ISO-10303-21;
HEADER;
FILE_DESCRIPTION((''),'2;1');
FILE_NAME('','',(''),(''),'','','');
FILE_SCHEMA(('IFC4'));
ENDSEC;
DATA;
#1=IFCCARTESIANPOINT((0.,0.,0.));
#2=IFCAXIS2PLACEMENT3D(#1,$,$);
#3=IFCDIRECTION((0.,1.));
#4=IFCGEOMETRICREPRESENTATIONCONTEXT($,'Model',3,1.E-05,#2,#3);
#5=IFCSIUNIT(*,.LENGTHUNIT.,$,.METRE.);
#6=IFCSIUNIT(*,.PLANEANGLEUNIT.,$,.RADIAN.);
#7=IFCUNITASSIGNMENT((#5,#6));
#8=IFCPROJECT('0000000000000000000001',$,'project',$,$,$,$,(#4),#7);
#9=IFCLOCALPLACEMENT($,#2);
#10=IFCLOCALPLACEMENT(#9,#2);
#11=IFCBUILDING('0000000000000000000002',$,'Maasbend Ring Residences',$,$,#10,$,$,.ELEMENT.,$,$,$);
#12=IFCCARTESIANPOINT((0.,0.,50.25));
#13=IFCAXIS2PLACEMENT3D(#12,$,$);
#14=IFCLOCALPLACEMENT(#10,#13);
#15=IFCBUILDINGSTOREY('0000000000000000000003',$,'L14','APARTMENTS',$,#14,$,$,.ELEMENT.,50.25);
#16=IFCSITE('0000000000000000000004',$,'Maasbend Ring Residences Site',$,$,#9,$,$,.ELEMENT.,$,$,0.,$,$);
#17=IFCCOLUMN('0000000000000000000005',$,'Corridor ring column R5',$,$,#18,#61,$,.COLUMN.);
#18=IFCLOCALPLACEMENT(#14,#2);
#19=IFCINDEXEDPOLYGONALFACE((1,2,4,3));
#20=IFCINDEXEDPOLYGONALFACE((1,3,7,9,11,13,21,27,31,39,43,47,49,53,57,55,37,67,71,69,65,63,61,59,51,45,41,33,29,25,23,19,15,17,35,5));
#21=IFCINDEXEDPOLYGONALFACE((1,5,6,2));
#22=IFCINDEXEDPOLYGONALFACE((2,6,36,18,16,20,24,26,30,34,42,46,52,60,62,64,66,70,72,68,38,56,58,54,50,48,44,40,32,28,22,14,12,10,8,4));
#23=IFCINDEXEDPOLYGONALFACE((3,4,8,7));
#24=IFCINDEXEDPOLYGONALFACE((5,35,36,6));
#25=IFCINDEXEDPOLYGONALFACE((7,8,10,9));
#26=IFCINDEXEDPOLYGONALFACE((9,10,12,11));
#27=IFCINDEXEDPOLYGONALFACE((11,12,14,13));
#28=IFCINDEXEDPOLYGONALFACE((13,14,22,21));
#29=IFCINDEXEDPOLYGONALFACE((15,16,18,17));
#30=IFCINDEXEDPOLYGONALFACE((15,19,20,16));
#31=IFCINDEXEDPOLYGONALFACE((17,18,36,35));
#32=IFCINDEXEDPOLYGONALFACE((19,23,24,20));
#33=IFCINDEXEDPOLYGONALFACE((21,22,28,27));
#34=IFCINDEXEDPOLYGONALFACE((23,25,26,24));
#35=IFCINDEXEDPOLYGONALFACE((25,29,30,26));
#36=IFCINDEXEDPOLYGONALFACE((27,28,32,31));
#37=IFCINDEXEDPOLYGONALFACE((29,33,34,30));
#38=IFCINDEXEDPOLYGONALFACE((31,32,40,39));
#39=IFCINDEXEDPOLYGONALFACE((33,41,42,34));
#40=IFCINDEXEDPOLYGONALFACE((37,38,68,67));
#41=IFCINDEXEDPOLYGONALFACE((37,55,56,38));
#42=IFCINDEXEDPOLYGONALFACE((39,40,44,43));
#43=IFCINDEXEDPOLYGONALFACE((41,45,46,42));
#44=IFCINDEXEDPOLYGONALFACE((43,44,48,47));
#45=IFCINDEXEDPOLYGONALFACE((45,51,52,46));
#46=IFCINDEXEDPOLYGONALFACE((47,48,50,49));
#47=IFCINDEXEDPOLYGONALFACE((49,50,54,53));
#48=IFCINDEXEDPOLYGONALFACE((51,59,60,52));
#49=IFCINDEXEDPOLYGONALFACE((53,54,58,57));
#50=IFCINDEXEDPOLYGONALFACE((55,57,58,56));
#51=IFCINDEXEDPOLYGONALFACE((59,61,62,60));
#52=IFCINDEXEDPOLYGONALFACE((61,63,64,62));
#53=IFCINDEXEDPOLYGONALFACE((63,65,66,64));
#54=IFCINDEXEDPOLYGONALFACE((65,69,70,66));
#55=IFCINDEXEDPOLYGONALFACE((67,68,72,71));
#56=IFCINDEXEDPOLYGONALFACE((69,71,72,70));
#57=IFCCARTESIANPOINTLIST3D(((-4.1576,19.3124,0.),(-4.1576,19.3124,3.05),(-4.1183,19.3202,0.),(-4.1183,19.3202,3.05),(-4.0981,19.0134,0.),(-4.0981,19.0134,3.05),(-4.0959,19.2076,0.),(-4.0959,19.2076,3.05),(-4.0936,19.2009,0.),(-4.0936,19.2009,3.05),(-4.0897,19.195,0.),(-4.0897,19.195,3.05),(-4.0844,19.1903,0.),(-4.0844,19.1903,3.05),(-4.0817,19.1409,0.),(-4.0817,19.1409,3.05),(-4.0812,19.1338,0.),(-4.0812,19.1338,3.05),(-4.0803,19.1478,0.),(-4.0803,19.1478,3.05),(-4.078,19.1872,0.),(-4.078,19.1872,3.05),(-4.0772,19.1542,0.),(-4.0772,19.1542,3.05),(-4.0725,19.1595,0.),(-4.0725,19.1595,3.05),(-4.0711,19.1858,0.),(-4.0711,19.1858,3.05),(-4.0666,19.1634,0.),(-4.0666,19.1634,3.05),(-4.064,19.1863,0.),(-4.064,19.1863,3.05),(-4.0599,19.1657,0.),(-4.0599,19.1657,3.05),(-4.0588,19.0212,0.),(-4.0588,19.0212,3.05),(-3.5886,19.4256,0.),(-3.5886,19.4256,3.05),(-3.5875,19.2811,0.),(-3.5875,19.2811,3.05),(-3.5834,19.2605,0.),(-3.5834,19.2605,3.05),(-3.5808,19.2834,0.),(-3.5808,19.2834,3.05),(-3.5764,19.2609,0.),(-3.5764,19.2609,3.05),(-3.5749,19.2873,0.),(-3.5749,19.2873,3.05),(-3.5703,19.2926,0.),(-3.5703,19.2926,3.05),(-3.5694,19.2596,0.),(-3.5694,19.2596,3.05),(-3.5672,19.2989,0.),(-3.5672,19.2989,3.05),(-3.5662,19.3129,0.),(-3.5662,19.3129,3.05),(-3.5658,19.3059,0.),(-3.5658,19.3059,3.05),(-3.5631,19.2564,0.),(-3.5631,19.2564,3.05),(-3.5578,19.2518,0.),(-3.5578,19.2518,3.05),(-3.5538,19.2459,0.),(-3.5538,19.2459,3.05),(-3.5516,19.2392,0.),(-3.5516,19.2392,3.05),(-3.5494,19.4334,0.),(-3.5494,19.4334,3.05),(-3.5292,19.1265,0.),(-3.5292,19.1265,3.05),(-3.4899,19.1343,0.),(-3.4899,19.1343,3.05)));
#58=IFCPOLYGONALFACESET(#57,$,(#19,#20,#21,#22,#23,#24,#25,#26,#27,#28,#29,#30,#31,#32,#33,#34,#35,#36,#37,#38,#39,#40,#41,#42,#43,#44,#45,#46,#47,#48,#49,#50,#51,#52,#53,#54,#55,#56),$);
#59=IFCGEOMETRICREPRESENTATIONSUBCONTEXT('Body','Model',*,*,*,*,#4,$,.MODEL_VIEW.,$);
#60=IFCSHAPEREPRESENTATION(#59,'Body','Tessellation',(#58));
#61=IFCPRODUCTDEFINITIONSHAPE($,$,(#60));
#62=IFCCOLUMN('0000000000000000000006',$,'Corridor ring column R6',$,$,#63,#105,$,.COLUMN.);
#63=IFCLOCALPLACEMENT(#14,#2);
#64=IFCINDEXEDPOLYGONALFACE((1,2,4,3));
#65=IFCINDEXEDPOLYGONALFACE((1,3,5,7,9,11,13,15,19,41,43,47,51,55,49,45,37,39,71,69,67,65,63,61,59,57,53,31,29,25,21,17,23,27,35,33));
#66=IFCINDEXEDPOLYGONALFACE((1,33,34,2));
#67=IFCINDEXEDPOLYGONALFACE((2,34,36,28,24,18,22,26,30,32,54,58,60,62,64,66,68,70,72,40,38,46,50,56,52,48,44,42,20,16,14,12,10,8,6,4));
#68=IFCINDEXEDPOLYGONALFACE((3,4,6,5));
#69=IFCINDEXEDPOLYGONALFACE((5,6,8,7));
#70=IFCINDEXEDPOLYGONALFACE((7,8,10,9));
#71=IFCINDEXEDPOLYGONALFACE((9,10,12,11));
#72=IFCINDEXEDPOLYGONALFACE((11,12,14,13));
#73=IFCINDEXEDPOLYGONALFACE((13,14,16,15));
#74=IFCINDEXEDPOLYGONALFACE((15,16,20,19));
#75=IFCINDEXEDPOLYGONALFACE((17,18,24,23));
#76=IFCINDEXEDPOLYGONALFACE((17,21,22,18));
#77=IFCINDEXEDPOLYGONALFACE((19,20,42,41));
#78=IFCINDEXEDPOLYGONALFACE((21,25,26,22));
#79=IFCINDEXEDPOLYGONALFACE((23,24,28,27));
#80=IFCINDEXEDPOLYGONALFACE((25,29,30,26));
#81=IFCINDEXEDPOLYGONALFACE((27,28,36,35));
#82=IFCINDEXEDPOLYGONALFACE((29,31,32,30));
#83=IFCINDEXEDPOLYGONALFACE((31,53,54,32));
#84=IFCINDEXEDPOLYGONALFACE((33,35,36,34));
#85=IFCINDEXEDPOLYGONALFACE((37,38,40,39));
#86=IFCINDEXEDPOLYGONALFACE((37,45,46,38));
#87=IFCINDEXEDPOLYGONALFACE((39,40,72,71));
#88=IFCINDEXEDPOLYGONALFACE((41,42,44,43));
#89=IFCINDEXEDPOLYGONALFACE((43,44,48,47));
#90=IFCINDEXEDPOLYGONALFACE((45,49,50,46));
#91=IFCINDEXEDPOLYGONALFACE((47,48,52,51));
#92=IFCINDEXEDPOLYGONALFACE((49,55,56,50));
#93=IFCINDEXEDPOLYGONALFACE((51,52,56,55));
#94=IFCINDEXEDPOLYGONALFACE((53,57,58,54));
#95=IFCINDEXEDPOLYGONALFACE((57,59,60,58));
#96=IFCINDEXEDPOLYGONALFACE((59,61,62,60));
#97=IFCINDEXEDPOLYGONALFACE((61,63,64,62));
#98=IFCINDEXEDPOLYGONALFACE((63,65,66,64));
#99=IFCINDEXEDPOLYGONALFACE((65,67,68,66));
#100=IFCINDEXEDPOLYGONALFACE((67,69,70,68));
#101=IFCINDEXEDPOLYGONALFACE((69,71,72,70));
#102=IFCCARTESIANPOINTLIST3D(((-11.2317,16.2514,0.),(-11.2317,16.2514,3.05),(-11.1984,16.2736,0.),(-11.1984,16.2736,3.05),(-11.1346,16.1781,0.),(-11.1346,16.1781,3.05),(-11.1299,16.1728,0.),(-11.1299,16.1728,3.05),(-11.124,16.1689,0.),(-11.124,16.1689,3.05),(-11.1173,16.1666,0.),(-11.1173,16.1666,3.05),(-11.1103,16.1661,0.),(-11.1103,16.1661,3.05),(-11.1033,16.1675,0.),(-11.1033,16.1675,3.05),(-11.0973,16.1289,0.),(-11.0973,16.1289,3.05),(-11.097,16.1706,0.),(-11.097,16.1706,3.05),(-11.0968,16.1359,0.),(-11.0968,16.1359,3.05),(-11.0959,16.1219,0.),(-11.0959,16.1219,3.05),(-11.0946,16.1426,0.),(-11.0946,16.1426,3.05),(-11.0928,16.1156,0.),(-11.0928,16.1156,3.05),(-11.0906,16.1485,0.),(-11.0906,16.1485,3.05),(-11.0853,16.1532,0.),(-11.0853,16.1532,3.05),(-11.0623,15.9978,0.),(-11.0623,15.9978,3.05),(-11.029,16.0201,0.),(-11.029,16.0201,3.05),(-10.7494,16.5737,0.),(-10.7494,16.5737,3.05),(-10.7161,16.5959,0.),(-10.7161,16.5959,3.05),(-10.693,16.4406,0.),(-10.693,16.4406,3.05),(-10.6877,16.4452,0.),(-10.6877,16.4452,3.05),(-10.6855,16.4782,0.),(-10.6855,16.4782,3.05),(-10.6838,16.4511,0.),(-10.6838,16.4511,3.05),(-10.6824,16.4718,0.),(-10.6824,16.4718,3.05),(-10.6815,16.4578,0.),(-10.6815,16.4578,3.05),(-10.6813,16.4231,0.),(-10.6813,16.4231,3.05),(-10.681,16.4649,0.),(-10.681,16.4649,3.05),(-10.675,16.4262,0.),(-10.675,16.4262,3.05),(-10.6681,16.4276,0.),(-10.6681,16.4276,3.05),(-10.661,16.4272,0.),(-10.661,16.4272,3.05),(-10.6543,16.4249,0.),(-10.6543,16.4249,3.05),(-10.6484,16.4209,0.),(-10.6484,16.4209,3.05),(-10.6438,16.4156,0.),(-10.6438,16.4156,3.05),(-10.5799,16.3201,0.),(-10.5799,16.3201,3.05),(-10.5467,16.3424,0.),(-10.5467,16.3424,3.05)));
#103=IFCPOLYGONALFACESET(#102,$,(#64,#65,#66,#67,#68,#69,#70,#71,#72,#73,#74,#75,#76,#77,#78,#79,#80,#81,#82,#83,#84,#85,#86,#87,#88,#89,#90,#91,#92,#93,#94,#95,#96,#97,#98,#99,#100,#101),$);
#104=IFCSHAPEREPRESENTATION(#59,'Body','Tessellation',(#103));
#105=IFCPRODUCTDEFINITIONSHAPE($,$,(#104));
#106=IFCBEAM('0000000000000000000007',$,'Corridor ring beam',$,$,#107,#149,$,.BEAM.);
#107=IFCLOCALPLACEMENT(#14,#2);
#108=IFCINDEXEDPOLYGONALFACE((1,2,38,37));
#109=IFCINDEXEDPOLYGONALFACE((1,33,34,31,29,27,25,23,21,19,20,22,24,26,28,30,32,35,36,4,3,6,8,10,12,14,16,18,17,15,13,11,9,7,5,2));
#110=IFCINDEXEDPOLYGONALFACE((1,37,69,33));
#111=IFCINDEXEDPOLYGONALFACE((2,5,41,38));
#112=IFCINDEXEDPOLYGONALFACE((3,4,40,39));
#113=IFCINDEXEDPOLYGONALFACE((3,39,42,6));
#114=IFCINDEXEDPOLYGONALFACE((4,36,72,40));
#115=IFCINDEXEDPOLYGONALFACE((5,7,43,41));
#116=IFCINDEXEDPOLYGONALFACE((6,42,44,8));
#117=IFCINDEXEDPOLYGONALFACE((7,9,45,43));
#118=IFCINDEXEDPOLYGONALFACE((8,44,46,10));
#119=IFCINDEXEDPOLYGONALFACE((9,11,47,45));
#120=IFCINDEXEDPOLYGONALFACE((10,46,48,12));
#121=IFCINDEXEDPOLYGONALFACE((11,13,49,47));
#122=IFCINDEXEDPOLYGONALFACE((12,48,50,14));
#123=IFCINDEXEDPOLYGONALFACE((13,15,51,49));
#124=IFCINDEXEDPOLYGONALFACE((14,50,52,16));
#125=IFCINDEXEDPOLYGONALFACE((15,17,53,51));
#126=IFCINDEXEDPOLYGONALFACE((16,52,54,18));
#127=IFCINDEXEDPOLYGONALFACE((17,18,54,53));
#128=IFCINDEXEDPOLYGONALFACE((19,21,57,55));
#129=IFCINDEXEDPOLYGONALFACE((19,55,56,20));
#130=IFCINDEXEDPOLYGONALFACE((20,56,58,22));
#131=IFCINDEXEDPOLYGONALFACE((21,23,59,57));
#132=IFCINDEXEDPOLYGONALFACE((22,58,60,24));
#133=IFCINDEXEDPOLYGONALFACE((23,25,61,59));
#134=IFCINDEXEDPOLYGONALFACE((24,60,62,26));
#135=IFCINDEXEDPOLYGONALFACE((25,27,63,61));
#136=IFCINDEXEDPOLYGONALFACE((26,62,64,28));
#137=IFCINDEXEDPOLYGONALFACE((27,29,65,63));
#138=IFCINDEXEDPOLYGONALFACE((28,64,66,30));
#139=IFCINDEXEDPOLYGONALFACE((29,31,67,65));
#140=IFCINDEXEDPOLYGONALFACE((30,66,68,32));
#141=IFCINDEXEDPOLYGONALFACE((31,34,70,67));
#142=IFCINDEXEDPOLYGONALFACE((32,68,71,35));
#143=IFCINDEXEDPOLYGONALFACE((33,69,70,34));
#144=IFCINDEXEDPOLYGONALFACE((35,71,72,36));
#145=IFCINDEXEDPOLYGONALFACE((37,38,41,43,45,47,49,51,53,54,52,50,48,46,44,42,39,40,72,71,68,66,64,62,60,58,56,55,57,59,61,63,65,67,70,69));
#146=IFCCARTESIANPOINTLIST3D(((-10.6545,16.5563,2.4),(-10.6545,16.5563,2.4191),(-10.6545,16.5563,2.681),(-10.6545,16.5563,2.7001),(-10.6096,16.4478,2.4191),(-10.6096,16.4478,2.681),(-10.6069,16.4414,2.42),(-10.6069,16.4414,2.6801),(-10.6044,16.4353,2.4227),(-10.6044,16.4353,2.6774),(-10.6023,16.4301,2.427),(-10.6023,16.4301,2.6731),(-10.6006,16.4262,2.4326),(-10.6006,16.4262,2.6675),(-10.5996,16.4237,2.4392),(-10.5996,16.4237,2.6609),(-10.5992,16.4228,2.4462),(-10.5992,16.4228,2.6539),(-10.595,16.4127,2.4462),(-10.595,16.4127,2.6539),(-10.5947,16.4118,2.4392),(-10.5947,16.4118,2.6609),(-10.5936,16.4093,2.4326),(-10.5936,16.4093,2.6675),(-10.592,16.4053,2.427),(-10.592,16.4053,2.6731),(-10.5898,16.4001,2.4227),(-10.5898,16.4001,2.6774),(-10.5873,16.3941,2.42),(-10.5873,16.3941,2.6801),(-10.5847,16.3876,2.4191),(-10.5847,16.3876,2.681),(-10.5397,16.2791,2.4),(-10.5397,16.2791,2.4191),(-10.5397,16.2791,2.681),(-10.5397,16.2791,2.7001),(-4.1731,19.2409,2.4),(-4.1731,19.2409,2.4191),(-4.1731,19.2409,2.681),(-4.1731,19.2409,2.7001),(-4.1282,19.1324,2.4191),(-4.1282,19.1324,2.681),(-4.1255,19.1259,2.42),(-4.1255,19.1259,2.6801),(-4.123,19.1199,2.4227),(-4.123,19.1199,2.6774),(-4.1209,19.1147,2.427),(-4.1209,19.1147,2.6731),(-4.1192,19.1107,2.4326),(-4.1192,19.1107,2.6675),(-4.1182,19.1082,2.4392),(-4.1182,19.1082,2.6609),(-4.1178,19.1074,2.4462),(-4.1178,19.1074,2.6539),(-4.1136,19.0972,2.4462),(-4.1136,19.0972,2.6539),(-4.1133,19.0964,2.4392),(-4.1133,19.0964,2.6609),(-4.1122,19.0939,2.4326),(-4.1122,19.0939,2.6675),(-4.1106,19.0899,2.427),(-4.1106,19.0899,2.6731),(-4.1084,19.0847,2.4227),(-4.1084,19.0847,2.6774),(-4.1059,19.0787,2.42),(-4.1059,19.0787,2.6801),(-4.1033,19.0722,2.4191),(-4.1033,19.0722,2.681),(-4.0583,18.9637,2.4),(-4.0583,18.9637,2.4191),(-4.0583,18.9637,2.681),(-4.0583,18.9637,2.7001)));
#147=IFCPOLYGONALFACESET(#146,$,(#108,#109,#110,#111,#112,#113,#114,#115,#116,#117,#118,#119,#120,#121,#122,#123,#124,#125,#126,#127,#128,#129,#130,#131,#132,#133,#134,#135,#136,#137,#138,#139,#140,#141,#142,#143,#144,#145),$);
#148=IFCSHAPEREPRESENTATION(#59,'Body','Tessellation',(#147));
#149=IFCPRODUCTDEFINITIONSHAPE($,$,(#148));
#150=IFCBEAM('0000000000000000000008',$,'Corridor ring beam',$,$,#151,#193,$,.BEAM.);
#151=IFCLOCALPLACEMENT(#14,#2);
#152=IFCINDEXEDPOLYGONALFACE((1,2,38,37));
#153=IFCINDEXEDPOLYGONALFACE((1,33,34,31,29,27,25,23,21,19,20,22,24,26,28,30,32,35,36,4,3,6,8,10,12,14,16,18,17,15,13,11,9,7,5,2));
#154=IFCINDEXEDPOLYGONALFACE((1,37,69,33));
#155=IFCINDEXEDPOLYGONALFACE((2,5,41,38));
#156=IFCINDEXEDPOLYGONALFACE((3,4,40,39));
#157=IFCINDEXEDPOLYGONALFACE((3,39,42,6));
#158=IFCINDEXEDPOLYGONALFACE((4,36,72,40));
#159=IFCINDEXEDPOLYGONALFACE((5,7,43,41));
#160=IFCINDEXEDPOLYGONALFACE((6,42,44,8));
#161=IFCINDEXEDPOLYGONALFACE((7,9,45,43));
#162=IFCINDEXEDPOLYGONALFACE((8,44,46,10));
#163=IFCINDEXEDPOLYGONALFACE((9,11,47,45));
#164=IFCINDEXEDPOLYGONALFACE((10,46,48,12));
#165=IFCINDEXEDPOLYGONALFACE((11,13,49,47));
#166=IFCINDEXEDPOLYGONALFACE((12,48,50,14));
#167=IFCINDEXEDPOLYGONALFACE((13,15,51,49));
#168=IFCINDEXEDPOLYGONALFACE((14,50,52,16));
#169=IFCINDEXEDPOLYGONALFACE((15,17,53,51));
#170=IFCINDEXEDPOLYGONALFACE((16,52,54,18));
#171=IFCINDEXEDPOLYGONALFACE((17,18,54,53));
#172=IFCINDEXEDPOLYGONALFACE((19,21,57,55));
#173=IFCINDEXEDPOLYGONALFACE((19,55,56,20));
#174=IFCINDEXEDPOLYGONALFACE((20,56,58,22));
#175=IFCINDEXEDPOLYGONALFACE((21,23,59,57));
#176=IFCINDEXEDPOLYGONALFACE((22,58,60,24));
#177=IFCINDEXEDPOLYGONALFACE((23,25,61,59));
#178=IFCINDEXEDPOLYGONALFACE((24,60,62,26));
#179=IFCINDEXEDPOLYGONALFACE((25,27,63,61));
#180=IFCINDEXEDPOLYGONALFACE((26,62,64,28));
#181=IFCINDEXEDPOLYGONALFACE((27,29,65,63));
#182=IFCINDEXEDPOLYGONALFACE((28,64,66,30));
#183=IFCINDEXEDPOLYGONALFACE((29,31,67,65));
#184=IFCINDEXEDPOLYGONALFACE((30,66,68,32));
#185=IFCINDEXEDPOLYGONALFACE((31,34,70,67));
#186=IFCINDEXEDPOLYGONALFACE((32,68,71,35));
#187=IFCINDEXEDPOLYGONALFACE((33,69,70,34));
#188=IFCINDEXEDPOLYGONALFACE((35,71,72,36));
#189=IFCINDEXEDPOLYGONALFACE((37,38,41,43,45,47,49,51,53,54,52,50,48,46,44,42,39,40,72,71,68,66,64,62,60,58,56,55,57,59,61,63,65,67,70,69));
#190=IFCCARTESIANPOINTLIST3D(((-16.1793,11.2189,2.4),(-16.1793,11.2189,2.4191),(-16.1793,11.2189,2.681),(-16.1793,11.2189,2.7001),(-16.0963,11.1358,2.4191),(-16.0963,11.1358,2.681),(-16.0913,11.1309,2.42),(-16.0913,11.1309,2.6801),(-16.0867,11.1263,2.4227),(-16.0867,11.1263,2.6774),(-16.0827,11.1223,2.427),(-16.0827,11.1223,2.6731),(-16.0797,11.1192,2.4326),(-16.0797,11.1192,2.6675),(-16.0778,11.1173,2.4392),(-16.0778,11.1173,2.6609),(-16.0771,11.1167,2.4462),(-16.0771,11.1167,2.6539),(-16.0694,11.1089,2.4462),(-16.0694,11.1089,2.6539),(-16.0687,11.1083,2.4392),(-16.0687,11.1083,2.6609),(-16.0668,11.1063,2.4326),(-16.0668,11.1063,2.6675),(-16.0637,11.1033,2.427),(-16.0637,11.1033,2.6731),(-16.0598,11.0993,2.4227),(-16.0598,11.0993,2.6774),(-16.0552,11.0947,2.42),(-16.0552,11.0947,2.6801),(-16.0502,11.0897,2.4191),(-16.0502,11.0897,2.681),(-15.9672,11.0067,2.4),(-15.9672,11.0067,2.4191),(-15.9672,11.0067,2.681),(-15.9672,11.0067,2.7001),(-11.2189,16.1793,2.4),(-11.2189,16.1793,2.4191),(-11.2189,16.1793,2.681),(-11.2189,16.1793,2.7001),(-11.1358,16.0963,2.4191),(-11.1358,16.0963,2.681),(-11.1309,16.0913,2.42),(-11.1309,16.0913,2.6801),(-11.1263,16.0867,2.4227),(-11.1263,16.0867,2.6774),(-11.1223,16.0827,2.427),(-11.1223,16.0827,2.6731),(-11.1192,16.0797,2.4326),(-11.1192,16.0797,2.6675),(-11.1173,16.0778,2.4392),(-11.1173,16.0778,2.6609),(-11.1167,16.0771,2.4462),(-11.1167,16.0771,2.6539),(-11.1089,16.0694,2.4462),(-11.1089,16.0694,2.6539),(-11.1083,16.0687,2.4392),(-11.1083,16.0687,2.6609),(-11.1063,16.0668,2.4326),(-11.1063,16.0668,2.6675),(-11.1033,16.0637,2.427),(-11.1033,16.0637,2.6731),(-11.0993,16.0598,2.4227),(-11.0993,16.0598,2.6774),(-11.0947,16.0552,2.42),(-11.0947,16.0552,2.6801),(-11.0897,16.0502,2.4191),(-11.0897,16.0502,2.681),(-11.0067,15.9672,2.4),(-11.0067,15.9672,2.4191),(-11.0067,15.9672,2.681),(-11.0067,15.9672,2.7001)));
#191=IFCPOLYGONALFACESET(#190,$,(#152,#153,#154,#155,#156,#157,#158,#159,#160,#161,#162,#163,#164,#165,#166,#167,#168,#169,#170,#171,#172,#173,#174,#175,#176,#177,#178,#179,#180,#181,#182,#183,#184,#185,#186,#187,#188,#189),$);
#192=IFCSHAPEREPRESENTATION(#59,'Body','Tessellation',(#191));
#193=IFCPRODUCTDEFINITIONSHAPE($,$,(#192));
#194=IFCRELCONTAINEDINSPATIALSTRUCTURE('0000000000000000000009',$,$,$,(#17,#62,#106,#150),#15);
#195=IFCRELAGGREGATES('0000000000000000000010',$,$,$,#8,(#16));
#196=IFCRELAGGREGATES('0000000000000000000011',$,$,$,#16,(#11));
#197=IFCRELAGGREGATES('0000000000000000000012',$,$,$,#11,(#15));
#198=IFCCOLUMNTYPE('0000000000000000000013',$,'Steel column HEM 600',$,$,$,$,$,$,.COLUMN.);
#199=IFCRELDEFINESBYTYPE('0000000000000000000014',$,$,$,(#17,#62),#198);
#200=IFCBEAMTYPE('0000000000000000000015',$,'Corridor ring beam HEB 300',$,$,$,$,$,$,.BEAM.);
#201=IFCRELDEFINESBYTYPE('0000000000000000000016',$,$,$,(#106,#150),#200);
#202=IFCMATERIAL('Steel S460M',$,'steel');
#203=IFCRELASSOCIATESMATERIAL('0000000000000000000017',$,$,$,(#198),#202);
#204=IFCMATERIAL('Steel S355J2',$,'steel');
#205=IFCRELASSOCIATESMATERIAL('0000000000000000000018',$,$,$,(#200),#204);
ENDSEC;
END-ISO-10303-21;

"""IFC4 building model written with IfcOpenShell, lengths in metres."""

from ifc_helpers import new_model, si_unit, direction, frame, origin, origin_2d, place, context, subcontext, project, spatial, i_section, extrude, material, material_profile, profile_set, type_object, element, save


model = new_model("IFC4")

# Units and contexts
model_context = context("Model", 3, precision=1e-05, world=origin(), true_north=direction((0.0, 1.0)))
body_context = subcontext(model_context, "Body", "Model", "MODEL_VIEW")
ifc_project = project(units=[si_unit("LENGTHUNIT", "METRE"), si_unit("PLANEANGLEUNIT", "RADIAN")], contexts=[model_context])

# Site, building, storey
site_placement = place(None, origin())
site = spatial("IfcSite", under=ifc_project, at=site_placement, Name="Maasbend Ring Residences Site", CompositionType="ELEMENT", RefElevation=0.0)
building_placement = place(site_placement, origin())
building = spatial("IfcBuilding", under=site, at=building_placement, Name="Maasbend Ring Residences", CompositionType="ELEMENT")
storey_placement = place(building_placement, frame((0.0, 0.0, 50.25)))
storey = spatial("IfcBuildingStorey", under=building, at=storey_placement, Name="L14", Description="APARTMENTS", CompositionType="ELEMENT", Elevation=50.25)

# Columns
ifc_material_1 = material(Name="Steel S460M", Category="steel")
ifc_material_profile_1 = material_profile(ifc_material_1, i_section(OverallWidth=0.3049, OverallDepth=0.6201, WebThickness=0.021, FlangeThickness=0.04, FilletRadius=0.0271, at=origin_2d()), Name="HEM 600")
ifc_profile_set_1 = profile_set([ifc_material_profile_1], Name="Steel S460M")
column_type = type_object("IfcColumnType", Name="Steel column HEM 600", PredefinedType="COLUMN", material=ifc_profile_set_1)
for number, where, z_axis, x_axis, name in (
    (1, (-3.8237, 19.2234, 0.0), (0.0, 0.0, 1.0), (-0.19509, 0.980785, 0.0), "Corridor ring column R5"),
    (2, (-10.8892, 16.2969, 0.0), (0.0, 0.0, 1.0), (-0.55557, 0.83147, 0.0), "Corridor ring column R6"),
):
    element("IfcColumn", number, at=place(storey_placement, frame(where, z_axis=z_axis, x_axis=x_axis)), inside=storey, type_object=column_type, Name=name, PredefinedType="COLUMN", context=body_context, shape_type="SweptSolid", body=[
        extrude(i_section(OverallWidth=0.3049, OverallDepth=0.6201, WebThickness=0.021, FlangeThickness=0.04, FilletRadius=0.0271, at=origin_2d()), origin(), (0.0, 0.0, 1.0), 3.05),
    ])

# Beams
ifc_material_2 = material(Name="Steel S355J2", Category="steel")
ifc_material_profile_2 = material_profile(ifc_material_2, i_section(OverallWidth=0.3, OverallDepth=0.3, WebThickness=0.011, FlangeThickness=0.019, FilletRadius=0.0271, at=origin_2d()), Name="HEB 300")
ifc_profile_set_2 = profile_set([ifc_material_profile_2], Name="Steel S355J2")
beam_type = type_object("IfcBeamType", Name="Corridor ring beam HEB 300", PredefinedType="BEAM", material=ifc_profile_set_2)
beam_1_placement = place(storey_placement, frame((-4.1157, 19.1023, 2.55), z_axis=(-0.923886, -0.382667, 0.0), x_axis=(0.382667, -0.923886, 0.0)))
element("IfcBeam", 3, at=beam_1_placement, inside=storey, type_object=beam_type, Name="Corridor ring beam", PredefinedType="BEAM", context=body_context, shape_type="SweptSolid", body=[
    extrude(i_section(OverallWidth=0.3, OverallDepth=0.3, WebThickness=0.011, FlangeThickness=0.019, FilletRadius=0.0271, at=origin_2d()), origin(), (0.0, 0.0, 1.0), 7.0154),
])
beam_2_placement = place(storey_placement, frame((-11.1128, 16.0732, 2.55), z_axis=(-0.707107, -0.707107, 0.0), x_axis=(0.707107, -0.707107, 0.0)))
element("IfcBeam", 4, at=beam_2_placement, inside=storey, type_object=beam_type, Name="Corridor ring beam", PredefinedType="BEAM", context=body_context, shape_type="SweptSolid", body=[
    extrude(i_section(OverallWidth=0.3, OverallDepth=0.3, WebThickness=0.011, FlangeThickness=0.019, FilletRadius=0.0271, at=origin_2d()), origin(), (0.0, 0.0, 1.0), 7.0151),
])

save(model, "model.ifc")
